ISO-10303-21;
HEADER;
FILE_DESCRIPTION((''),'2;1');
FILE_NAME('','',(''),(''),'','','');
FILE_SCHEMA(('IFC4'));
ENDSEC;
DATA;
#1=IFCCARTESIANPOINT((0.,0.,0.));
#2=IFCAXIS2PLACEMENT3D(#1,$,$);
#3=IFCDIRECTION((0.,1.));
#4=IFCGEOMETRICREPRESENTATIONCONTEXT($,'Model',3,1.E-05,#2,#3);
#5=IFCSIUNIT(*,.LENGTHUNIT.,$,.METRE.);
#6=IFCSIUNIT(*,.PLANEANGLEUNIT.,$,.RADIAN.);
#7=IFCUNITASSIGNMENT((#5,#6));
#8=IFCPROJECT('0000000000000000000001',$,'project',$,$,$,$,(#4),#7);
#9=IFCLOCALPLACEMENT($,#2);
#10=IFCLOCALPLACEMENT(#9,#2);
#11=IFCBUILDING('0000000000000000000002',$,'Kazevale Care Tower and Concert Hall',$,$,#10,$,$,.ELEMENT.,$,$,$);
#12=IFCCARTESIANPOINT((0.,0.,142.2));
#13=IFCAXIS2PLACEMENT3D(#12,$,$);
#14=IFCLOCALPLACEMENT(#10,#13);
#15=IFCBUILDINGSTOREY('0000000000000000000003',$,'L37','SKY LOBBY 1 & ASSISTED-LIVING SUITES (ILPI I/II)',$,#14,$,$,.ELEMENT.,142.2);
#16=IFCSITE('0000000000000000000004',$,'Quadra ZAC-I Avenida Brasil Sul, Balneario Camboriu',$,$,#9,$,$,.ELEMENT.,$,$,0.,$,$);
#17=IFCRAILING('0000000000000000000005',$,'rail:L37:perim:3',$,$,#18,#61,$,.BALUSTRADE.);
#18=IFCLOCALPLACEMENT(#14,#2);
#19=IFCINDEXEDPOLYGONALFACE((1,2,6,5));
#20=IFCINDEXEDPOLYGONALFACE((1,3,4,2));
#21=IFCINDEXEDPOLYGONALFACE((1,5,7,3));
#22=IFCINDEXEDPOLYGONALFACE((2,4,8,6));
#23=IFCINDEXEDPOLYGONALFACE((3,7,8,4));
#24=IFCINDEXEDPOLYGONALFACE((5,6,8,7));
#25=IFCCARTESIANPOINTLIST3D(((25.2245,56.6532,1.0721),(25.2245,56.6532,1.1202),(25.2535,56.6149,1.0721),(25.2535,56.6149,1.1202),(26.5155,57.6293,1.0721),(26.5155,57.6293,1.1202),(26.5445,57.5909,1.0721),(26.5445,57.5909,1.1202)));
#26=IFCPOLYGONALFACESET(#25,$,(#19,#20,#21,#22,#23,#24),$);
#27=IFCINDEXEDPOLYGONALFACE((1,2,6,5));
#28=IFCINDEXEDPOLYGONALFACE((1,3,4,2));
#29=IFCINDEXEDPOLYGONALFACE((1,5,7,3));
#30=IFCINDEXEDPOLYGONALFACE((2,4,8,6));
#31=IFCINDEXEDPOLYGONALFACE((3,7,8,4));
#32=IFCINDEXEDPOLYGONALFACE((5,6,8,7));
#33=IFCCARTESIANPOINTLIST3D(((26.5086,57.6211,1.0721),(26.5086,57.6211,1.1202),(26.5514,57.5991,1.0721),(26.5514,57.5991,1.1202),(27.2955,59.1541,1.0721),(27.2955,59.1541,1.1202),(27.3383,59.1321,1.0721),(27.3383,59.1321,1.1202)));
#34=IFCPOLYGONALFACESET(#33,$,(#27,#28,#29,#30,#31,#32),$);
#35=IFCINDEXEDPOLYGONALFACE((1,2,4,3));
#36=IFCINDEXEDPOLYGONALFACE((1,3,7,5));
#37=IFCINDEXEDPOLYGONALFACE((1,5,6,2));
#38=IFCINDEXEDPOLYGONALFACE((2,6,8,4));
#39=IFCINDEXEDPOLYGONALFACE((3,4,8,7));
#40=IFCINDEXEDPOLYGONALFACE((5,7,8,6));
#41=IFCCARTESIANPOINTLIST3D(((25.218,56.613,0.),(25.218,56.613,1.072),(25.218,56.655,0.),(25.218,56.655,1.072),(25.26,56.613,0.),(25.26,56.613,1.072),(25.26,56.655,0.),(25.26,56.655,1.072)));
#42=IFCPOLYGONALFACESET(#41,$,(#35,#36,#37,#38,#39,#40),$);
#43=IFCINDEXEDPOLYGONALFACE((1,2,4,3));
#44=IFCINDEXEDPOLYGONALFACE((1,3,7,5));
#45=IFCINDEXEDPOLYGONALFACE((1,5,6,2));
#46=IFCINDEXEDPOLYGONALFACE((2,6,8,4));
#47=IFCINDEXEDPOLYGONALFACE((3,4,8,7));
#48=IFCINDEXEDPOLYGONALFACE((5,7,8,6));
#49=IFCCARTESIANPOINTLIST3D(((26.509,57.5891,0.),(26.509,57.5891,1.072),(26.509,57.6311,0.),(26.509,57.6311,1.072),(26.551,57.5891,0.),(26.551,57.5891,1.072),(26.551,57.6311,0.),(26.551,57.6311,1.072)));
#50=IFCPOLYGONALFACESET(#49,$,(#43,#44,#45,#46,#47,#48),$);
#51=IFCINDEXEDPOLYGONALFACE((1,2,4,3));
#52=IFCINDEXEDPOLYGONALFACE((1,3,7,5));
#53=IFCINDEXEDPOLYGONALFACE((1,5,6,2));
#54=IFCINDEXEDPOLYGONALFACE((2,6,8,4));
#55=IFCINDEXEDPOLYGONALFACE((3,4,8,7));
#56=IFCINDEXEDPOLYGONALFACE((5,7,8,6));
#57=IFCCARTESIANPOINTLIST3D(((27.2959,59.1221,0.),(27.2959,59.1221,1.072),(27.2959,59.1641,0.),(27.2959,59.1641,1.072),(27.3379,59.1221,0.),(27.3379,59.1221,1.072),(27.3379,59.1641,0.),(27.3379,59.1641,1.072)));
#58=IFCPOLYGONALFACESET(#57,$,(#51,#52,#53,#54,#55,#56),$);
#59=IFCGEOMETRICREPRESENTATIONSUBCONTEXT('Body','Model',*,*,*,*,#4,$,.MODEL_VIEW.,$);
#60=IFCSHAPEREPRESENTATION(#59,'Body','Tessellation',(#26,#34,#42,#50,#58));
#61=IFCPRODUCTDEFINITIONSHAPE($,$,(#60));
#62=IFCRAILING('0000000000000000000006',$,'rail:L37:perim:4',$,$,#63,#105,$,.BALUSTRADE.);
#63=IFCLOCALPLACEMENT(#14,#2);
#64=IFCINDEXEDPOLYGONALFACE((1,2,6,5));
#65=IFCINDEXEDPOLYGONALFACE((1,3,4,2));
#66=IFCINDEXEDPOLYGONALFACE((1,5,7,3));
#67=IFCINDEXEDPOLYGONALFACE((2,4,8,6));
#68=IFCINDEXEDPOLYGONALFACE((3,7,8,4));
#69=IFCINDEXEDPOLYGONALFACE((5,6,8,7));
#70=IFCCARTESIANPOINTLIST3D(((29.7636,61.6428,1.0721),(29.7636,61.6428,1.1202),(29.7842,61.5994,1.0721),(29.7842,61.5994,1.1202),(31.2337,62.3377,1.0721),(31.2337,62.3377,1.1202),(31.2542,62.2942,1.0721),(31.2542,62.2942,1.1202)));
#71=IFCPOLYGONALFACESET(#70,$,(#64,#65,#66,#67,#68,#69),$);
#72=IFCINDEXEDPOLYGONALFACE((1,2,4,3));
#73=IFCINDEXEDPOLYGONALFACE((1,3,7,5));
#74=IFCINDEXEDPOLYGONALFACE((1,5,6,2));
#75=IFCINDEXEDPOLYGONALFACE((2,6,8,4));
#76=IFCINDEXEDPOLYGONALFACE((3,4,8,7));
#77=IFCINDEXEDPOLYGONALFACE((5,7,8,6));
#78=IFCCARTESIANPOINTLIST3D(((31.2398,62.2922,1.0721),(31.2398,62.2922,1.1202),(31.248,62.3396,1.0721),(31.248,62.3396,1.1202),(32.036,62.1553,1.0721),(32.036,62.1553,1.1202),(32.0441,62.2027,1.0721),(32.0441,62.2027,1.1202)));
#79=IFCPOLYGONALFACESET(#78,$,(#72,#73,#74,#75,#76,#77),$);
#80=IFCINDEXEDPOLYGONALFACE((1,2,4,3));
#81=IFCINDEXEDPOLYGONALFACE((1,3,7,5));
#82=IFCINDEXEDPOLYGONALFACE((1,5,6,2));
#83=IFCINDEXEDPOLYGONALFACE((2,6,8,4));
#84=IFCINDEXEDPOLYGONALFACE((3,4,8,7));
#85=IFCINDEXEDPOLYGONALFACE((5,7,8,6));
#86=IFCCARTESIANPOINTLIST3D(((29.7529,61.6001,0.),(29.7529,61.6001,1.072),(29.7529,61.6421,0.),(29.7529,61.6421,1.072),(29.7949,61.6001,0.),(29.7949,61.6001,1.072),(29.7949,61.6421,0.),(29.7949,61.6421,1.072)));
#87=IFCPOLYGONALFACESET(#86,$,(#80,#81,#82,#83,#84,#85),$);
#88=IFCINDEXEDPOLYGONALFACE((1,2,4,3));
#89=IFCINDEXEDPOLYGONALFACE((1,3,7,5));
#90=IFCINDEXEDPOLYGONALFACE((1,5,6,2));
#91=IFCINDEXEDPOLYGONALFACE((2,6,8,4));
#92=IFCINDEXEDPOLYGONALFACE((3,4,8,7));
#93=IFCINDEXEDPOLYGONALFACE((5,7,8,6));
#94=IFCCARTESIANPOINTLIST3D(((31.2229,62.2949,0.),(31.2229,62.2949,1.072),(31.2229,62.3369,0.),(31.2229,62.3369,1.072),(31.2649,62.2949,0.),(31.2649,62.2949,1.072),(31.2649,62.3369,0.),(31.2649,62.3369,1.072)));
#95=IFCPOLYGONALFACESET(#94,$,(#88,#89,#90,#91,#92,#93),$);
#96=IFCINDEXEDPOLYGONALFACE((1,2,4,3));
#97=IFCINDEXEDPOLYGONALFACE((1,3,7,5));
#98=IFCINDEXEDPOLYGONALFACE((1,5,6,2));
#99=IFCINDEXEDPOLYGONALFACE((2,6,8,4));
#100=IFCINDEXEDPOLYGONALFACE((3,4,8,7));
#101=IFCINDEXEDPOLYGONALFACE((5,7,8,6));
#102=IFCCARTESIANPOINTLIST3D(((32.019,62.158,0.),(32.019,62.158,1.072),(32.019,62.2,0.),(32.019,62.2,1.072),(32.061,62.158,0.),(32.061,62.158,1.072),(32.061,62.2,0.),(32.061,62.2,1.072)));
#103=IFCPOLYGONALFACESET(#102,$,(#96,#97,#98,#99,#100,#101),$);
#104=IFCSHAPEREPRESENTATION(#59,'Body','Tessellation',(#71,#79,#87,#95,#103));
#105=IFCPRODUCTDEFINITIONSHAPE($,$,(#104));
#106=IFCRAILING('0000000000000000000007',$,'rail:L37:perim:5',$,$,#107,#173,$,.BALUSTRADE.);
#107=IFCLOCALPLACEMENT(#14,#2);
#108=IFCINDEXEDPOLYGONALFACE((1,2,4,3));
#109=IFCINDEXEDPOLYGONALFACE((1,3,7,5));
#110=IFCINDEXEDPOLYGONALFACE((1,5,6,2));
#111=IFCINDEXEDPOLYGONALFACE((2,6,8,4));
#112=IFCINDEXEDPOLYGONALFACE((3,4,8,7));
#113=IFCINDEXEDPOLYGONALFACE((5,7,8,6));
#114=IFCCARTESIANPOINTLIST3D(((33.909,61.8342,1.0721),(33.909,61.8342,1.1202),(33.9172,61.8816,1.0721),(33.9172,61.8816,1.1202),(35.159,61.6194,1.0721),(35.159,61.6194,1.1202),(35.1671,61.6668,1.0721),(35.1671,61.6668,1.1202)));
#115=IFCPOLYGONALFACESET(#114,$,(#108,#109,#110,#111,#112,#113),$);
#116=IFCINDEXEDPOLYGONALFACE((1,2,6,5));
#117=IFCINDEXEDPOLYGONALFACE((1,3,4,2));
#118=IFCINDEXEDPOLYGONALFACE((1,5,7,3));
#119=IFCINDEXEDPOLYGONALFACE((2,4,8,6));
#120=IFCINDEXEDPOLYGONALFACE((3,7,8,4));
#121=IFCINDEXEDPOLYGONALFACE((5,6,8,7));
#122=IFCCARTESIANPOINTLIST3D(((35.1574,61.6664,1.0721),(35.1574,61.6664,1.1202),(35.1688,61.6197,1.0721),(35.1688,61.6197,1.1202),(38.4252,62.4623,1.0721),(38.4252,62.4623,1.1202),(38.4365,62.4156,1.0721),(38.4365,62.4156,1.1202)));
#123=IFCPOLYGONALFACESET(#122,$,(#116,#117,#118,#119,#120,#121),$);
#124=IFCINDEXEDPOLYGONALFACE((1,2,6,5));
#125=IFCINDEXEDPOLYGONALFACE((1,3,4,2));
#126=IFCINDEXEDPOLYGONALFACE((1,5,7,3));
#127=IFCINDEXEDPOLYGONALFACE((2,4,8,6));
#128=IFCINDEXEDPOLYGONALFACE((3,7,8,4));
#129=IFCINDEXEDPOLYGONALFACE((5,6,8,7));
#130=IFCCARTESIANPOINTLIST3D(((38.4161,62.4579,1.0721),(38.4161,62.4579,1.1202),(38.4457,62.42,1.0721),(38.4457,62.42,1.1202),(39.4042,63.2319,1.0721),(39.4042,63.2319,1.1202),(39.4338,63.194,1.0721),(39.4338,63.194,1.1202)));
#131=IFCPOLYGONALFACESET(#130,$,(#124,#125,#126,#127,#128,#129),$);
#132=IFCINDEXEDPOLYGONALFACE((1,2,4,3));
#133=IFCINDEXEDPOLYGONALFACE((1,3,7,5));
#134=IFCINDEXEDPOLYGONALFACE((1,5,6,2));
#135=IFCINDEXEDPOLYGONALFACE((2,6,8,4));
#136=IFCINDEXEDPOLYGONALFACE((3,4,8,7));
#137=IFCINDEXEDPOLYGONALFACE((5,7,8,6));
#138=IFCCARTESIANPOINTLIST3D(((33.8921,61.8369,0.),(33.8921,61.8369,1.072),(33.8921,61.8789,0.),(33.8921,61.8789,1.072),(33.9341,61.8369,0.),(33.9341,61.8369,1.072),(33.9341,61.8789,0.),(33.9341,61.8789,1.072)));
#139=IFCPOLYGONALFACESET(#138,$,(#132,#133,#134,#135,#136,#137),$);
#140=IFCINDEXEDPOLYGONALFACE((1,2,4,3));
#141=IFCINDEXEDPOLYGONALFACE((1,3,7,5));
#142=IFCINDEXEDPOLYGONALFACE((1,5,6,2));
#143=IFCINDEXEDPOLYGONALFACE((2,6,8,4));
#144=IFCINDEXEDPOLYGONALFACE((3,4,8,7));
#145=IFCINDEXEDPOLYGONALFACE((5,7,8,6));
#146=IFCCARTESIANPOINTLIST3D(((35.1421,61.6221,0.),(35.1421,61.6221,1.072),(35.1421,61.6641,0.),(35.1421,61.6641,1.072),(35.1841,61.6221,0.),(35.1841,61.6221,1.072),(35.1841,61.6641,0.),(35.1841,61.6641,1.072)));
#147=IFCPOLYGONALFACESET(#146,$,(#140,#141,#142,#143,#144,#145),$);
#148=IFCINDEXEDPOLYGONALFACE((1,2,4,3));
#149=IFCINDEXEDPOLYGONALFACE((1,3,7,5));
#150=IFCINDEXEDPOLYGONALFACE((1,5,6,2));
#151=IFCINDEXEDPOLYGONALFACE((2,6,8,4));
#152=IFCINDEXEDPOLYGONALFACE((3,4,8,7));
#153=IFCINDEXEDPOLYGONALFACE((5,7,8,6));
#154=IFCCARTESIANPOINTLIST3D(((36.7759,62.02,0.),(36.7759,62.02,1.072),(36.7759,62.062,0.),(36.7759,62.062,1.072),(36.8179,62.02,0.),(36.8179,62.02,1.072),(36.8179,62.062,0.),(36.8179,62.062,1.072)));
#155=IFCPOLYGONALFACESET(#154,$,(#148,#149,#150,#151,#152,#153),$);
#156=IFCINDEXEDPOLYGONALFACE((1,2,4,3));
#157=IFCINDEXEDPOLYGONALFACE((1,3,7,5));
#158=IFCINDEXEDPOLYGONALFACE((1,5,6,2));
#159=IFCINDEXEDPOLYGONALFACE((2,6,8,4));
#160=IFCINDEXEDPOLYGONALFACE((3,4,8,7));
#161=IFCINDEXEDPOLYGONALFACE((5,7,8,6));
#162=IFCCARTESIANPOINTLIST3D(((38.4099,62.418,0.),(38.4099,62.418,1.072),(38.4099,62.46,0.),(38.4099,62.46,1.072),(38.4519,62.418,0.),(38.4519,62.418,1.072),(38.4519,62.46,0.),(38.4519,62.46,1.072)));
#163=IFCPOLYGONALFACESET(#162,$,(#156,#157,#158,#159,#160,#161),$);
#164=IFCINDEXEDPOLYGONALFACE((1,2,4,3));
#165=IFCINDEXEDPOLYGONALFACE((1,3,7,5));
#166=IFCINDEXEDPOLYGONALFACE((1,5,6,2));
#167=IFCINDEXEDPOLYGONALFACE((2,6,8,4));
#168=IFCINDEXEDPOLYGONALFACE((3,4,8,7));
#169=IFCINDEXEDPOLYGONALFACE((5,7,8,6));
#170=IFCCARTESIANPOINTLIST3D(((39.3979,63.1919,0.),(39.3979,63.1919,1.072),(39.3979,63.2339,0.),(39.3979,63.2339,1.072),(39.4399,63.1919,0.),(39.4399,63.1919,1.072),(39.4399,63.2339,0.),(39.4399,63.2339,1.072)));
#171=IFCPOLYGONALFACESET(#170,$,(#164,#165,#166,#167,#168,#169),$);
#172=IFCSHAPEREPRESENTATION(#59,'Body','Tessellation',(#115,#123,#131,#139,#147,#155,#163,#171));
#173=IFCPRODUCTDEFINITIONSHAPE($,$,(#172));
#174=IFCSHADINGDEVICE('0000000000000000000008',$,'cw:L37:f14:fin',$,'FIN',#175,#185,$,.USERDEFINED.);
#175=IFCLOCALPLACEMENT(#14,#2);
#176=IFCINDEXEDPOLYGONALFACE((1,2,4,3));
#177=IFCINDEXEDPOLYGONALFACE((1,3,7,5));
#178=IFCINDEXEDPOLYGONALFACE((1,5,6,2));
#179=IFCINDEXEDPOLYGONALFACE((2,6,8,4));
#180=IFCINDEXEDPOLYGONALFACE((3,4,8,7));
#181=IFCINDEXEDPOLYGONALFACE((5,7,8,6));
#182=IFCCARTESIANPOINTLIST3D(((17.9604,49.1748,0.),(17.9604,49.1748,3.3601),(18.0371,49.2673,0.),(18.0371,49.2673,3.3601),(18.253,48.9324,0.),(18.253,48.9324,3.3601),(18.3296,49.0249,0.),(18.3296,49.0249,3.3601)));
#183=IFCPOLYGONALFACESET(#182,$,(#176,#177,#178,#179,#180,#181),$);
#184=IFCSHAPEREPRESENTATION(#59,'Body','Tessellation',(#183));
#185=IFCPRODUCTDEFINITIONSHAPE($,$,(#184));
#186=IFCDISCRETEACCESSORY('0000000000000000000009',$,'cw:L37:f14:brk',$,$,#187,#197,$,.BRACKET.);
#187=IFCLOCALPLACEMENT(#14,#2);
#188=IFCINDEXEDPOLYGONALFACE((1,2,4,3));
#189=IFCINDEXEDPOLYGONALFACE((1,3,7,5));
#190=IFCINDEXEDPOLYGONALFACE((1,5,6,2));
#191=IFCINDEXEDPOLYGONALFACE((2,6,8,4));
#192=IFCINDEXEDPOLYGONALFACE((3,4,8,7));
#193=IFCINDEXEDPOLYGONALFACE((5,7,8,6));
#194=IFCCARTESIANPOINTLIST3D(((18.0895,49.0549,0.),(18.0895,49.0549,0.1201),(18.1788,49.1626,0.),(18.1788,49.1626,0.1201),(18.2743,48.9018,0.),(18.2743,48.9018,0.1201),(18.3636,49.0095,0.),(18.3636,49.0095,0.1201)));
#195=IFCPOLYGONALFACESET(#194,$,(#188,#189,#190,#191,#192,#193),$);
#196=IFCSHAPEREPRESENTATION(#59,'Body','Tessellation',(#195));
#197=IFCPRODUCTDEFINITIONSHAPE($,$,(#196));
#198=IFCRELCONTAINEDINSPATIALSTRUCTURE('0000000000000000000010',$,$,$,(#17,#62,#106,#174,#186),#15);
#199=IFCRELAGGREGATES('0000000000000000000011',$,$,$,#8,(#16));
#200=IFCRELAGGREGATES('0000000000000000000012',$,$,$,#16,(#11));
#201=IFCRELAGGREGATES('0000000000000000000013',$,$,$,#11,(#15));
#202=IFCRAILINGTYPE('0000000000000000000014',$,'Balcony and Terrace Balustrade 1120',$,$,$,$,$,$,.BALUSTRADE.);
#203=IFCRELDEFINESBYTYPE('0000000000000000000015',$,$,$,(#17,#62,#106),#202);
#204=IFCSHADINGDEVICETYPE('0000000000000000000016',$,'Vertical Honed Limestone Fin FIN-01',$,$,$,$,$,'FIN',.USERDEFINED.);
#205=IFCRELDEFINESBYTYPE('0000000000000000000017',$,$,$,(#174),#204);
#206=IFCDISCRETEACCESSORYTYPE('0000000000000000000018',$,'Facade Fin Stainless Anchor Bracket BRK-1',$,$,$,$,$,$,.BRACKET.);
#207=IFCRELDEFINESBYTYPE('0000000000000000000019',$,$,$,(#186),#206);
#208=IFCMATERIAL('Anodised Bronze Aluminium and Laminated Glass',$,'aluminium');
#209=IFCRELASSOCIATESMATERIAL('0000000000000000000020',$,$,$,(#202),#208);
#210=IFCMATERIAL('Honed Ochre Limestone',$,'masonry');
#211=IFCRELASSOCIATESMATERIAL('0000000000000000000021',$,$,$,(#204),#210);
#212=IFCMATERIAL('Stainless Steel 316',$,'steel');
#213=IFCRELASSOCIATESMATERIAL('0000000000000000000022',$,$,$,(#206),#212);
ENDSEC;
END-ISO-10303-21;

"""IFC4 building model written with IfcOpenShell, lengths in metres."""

from ifc_helpers import new_model, si_unit, direction, frame, origin, origin_2d, place, context, subcontext, project, spatial, rectangle, extrude, material, type_object, element, save


model = new_model("IFC4")

# Units and contexts
model_context = context("Model", 3, precision=1e-05, world=origin(), true_north=direction((0.0, 1.0)))
body_context = subcontext(model_context, "Body", "Model", "MODEL_VIEW")
ifc_project = project(units=[si_unit("LENGTHUNIT", "METRE"), si_unit("PLANEANGLEUNIT", "RADIAN")], contexts=[model_context])

# Site, building, storey
site_placement = place(None, origin())
site = spatial("IfcSite", under=ifc_project, at=site_placement, Name="Quadra ZAC-I Avenida Brasil Sul, Balneario Camboriu", CompositionType="ELEMENT", RefElevation=0.0)
building_placement = place(site_placement, origin())
building = spatial("IfcBuilding", under=site, at=building_placement, Name="Kazevale Care Tower and Concert Hall", CompositionType="ELEMENT")
storey_placement = place(building_placement, frame((0.0, 0.0, 142.2)))
storey = spatial("IfcBuildingStorey", under=building, at=storey_placement, Name="L37", Description="SKY LOBBY 1 & ASSISTED-LIVING SUITES (ILPI I/II)", CompositionType="ELEMENT", Elevation=142.2)

# Railings
ifc_material_1 = material(Name="Anodised Bronze Aluminium and Laminated Glass", Category="aluminium")
railing_type = type_object("IfcRailingType", Name="Balcony and Terrace Balustrade 1120", PredefinedType="BALUSTRADE", material=ifc_material_1)
railing_1_placement = place(storey_placement, frame((25.239, 56.634, 0.0)))
element("IfcRailing", 1, at=railing_1_placement, inside=storey, type_object=railing_type, Name="rail:L37:perim:3", PredefinedType="BALUSTRADE", context=body_context, shape_type="SweptSolid", body=[
    extrude(rectangle(XDim=0.0481, YDim=0.0481, at=origin_2d()), frame((0.0, 0.0, 1.0962), z_axis=(0.797677, 0.603085, 0.0), x_axis=(-0.603085, 0.797677, 0.0)), (0.0, 0.0, 1.0), 1.6184),
    extrude(rectangle(XDim=0.0481, YDim=0.0481, at=origin_2d()), frame((1.291, 0.9761, 1.0962), z_axis=(0.456653, 0.889645, 0.0), x_axis=(-0.889645, 0.456653, 0.0)), (0.0, 0.0, 1.0), 1.7231),
    extrude(rectangle(XDim=0.042, YDim=0.042, at=origin_2d()), origin(), (0.0, 0.0, 1.0), 1.072),
    extrude(rectangle(XDim=0.042, YDim=0.042, at=origin_2d()), frame((1.291, 0.9761, 0.0)), (0.0, 0.0, 1.0), 1.072),
    extrude(rectangle(XDim=0.042, YDim=0.042, at=origin_2d()), frame((2.0779, 2.509, 0.0)), (0.0, 0.0, 1.0), 1.072),
])
railing_2_placement = place(storey_placement, frame((29.7739, 61.6211, 0.0)))
element("IfcRailing", 2, at=railing_2_placement, inside=storey, type_object=railing_type, Name="rail:L37:perim:4", PredefinedType="BALUSTRADE", context=body_context, shape_type="SweptSolid", body=[
    extrude(rectangle(XDim=0.0481, YDim=0.0481, at=origin_2d()), frame((0.0, 0.0, 1.0962), z_axis=(0.904089, 0.427344, 0.0), x_axis=(-0.427344, 0.904089, 0.0)), (0.0, 0.0, 1.0), 1.626),
    extrude(rectangle(XDim=0.0481, YDim=0.0481, at=origin_2d()), frame((1.47, 0.6948, 1.0962), z_axis=(0.985523, -0.169543, 0.0), x_axis=(0.169543, 0.985523, 0.0)), (0.0, 0.0, 1.0), 0.8079),
    extrude(rectangle(XDim=0.042, YDim=0.042, at=origin_2d()), origin(), (0.0, 0.0, 1.0), 1.072),
    extrude(rectangle(XDim=0.042, YDim=0.042, at=origin_2d()), frame((1.47, 0.6948, 0.0)), (0.0, 0.0, 1.0), 1.072),
    extrude(rectangle(XDim=0.042, YDim=0.042, at=origin_2d()), frame((2.2661, 0.5579, 0.0)), (0.0, 0.0, 1.0), 1.072),
])
railing_3_placement = place(storey_placement, frame((33.9131, 61.8579, 0.0)))
element("IfcRailing", 3, at=railing_3_placement, inside=storey, type_object=railing_type, Name="rail:L37:perim:5", PredefinedType="BALUSTRADE", context=body_context, shape_type="SweptSolid", body=[
    extrude(rectangle(XDim=0.0481, YDim=0.0481, at=origin_2d()), frame((0.0, 0.0, 1.0962), z_axis=(0.985549, -0.169391, 0.0), x_axis=(0.169391, 0.985549, 0.0)), (0.0, 0.0, 1.0), 1.2683),
    extrude(rectangle(XDim=0.0481, YDim=0.0481, at=origin_2d()), frame((1.25, -0.2148, 1.0962), z_axis=(0.971598, 0.236639, 0.0), x_axis=(-0.236639, 0.971598, 0.0)), (0.0, 0.0, 1.0), 3.3633),
    extrude(rectangle(XDim=0.0481, YDim=0.0481, at=origin_2d()), frame((4.5178, 0.5811, 1.0962), z_axis=(0.787242, 0.616644, 0.0), x_axis=(-0.616644, 0.787242, 0.0)), (0.0, 0.0, 1.0), 1.2551),
    extrude(rectangle(XDim=0.042, YDim=0.042, at=origin_2d()), origin(), (0.0, 0.0, 1.0), 1.072),
    extrude(rectangle(XDim=0.042, YDim=0.042, at=origin_2d()), frame((1.25, -0.2148, 0.0)), (0.0, 0.0, 1.0), 1.072),
    extrude(rectangle(XDim=0.042, YDim=0.042, at=origin_2d()), frame((2.8838, 0.1831, 0.0)), (0.0, 0.0, 1.0), 1.072),
    extrude(rectangle(XDim=0.042, YDim=0.042, at=origin_2d()), frame((4.5178, 0.5811, 0.0)), (0.0, 0.0, 1.0), 1.072),
    extrude(rectangle(XDim=0.042, YDim=0.042, at=origin_2d()), frame((5.5059, 1.355, 0.0)), (0.0, 0.0, 1.0), 1.072),
])

# Shading device
ifc_material_2 = material(Name="Honed Ochre Limestone", Category="masonry")
shading_device_type = type_object("IfcShadingDeviceType", Name="Vertical Honed Limestone Fin FIN-01", ElementType="FIN", PredefinedType="USERDEFINED", material=ifc_material_2)
shading_device_placement = place(storey_placement, frame((18.145, 49.0999, 0.0), z_axis=(0.0, 0.0, 1.0), x_axis=(-0.770068, 0.637962, 0.0)))
element("IfcShadingDevice", 4, at=shading_device_placement, inside=storey, type_object=shading_device_type, Name="cw:L37:f14:fin", ObjectType="FIN", PredefinedType="USERDEFINED", context=body_context, shape_type="SweptSolid", body=[
    extrude(rectangle(XDim=0.3799, YDim=0.1201, at=origin_2d()), origin(), (0.0, 0.0, 1.0), 3.3601),
])

# Discrete accessory
ifc_material_3 = material(Name="Stainless Steel 316", Category="steel")
discrete_accessory_type = type_object("IfcDiscreteAccessoryType", Name="Facade Fin Stainless Anchor Bracket BRK-1", PredefinedType="BRACKET", material=ifc_material_3)
discrete_accessory_placement = place(storey_placement, frame((18.2266, 49.0322, 0.0), z_axis=(0.0, 0.0, 1.0), x_axis=(-0.770068, 0.637962, 0.0)))
element("IfcDiscreteAccessory", 5, at=discrete_accessory_placement, inside=storey, type_object=discrete_accessory_type, Name="cw:L37:f14:brk", PredefinedType="BRACKET", context=body_context, shape_type="SweptSolid", body=[
    extrude(rectangle(XDim=0.24, YDim=0.1399, at=origin_2d()), origin(), (0.0, 0.0, 1.0), 0.1201),
])

save(model, "model.ifc")
